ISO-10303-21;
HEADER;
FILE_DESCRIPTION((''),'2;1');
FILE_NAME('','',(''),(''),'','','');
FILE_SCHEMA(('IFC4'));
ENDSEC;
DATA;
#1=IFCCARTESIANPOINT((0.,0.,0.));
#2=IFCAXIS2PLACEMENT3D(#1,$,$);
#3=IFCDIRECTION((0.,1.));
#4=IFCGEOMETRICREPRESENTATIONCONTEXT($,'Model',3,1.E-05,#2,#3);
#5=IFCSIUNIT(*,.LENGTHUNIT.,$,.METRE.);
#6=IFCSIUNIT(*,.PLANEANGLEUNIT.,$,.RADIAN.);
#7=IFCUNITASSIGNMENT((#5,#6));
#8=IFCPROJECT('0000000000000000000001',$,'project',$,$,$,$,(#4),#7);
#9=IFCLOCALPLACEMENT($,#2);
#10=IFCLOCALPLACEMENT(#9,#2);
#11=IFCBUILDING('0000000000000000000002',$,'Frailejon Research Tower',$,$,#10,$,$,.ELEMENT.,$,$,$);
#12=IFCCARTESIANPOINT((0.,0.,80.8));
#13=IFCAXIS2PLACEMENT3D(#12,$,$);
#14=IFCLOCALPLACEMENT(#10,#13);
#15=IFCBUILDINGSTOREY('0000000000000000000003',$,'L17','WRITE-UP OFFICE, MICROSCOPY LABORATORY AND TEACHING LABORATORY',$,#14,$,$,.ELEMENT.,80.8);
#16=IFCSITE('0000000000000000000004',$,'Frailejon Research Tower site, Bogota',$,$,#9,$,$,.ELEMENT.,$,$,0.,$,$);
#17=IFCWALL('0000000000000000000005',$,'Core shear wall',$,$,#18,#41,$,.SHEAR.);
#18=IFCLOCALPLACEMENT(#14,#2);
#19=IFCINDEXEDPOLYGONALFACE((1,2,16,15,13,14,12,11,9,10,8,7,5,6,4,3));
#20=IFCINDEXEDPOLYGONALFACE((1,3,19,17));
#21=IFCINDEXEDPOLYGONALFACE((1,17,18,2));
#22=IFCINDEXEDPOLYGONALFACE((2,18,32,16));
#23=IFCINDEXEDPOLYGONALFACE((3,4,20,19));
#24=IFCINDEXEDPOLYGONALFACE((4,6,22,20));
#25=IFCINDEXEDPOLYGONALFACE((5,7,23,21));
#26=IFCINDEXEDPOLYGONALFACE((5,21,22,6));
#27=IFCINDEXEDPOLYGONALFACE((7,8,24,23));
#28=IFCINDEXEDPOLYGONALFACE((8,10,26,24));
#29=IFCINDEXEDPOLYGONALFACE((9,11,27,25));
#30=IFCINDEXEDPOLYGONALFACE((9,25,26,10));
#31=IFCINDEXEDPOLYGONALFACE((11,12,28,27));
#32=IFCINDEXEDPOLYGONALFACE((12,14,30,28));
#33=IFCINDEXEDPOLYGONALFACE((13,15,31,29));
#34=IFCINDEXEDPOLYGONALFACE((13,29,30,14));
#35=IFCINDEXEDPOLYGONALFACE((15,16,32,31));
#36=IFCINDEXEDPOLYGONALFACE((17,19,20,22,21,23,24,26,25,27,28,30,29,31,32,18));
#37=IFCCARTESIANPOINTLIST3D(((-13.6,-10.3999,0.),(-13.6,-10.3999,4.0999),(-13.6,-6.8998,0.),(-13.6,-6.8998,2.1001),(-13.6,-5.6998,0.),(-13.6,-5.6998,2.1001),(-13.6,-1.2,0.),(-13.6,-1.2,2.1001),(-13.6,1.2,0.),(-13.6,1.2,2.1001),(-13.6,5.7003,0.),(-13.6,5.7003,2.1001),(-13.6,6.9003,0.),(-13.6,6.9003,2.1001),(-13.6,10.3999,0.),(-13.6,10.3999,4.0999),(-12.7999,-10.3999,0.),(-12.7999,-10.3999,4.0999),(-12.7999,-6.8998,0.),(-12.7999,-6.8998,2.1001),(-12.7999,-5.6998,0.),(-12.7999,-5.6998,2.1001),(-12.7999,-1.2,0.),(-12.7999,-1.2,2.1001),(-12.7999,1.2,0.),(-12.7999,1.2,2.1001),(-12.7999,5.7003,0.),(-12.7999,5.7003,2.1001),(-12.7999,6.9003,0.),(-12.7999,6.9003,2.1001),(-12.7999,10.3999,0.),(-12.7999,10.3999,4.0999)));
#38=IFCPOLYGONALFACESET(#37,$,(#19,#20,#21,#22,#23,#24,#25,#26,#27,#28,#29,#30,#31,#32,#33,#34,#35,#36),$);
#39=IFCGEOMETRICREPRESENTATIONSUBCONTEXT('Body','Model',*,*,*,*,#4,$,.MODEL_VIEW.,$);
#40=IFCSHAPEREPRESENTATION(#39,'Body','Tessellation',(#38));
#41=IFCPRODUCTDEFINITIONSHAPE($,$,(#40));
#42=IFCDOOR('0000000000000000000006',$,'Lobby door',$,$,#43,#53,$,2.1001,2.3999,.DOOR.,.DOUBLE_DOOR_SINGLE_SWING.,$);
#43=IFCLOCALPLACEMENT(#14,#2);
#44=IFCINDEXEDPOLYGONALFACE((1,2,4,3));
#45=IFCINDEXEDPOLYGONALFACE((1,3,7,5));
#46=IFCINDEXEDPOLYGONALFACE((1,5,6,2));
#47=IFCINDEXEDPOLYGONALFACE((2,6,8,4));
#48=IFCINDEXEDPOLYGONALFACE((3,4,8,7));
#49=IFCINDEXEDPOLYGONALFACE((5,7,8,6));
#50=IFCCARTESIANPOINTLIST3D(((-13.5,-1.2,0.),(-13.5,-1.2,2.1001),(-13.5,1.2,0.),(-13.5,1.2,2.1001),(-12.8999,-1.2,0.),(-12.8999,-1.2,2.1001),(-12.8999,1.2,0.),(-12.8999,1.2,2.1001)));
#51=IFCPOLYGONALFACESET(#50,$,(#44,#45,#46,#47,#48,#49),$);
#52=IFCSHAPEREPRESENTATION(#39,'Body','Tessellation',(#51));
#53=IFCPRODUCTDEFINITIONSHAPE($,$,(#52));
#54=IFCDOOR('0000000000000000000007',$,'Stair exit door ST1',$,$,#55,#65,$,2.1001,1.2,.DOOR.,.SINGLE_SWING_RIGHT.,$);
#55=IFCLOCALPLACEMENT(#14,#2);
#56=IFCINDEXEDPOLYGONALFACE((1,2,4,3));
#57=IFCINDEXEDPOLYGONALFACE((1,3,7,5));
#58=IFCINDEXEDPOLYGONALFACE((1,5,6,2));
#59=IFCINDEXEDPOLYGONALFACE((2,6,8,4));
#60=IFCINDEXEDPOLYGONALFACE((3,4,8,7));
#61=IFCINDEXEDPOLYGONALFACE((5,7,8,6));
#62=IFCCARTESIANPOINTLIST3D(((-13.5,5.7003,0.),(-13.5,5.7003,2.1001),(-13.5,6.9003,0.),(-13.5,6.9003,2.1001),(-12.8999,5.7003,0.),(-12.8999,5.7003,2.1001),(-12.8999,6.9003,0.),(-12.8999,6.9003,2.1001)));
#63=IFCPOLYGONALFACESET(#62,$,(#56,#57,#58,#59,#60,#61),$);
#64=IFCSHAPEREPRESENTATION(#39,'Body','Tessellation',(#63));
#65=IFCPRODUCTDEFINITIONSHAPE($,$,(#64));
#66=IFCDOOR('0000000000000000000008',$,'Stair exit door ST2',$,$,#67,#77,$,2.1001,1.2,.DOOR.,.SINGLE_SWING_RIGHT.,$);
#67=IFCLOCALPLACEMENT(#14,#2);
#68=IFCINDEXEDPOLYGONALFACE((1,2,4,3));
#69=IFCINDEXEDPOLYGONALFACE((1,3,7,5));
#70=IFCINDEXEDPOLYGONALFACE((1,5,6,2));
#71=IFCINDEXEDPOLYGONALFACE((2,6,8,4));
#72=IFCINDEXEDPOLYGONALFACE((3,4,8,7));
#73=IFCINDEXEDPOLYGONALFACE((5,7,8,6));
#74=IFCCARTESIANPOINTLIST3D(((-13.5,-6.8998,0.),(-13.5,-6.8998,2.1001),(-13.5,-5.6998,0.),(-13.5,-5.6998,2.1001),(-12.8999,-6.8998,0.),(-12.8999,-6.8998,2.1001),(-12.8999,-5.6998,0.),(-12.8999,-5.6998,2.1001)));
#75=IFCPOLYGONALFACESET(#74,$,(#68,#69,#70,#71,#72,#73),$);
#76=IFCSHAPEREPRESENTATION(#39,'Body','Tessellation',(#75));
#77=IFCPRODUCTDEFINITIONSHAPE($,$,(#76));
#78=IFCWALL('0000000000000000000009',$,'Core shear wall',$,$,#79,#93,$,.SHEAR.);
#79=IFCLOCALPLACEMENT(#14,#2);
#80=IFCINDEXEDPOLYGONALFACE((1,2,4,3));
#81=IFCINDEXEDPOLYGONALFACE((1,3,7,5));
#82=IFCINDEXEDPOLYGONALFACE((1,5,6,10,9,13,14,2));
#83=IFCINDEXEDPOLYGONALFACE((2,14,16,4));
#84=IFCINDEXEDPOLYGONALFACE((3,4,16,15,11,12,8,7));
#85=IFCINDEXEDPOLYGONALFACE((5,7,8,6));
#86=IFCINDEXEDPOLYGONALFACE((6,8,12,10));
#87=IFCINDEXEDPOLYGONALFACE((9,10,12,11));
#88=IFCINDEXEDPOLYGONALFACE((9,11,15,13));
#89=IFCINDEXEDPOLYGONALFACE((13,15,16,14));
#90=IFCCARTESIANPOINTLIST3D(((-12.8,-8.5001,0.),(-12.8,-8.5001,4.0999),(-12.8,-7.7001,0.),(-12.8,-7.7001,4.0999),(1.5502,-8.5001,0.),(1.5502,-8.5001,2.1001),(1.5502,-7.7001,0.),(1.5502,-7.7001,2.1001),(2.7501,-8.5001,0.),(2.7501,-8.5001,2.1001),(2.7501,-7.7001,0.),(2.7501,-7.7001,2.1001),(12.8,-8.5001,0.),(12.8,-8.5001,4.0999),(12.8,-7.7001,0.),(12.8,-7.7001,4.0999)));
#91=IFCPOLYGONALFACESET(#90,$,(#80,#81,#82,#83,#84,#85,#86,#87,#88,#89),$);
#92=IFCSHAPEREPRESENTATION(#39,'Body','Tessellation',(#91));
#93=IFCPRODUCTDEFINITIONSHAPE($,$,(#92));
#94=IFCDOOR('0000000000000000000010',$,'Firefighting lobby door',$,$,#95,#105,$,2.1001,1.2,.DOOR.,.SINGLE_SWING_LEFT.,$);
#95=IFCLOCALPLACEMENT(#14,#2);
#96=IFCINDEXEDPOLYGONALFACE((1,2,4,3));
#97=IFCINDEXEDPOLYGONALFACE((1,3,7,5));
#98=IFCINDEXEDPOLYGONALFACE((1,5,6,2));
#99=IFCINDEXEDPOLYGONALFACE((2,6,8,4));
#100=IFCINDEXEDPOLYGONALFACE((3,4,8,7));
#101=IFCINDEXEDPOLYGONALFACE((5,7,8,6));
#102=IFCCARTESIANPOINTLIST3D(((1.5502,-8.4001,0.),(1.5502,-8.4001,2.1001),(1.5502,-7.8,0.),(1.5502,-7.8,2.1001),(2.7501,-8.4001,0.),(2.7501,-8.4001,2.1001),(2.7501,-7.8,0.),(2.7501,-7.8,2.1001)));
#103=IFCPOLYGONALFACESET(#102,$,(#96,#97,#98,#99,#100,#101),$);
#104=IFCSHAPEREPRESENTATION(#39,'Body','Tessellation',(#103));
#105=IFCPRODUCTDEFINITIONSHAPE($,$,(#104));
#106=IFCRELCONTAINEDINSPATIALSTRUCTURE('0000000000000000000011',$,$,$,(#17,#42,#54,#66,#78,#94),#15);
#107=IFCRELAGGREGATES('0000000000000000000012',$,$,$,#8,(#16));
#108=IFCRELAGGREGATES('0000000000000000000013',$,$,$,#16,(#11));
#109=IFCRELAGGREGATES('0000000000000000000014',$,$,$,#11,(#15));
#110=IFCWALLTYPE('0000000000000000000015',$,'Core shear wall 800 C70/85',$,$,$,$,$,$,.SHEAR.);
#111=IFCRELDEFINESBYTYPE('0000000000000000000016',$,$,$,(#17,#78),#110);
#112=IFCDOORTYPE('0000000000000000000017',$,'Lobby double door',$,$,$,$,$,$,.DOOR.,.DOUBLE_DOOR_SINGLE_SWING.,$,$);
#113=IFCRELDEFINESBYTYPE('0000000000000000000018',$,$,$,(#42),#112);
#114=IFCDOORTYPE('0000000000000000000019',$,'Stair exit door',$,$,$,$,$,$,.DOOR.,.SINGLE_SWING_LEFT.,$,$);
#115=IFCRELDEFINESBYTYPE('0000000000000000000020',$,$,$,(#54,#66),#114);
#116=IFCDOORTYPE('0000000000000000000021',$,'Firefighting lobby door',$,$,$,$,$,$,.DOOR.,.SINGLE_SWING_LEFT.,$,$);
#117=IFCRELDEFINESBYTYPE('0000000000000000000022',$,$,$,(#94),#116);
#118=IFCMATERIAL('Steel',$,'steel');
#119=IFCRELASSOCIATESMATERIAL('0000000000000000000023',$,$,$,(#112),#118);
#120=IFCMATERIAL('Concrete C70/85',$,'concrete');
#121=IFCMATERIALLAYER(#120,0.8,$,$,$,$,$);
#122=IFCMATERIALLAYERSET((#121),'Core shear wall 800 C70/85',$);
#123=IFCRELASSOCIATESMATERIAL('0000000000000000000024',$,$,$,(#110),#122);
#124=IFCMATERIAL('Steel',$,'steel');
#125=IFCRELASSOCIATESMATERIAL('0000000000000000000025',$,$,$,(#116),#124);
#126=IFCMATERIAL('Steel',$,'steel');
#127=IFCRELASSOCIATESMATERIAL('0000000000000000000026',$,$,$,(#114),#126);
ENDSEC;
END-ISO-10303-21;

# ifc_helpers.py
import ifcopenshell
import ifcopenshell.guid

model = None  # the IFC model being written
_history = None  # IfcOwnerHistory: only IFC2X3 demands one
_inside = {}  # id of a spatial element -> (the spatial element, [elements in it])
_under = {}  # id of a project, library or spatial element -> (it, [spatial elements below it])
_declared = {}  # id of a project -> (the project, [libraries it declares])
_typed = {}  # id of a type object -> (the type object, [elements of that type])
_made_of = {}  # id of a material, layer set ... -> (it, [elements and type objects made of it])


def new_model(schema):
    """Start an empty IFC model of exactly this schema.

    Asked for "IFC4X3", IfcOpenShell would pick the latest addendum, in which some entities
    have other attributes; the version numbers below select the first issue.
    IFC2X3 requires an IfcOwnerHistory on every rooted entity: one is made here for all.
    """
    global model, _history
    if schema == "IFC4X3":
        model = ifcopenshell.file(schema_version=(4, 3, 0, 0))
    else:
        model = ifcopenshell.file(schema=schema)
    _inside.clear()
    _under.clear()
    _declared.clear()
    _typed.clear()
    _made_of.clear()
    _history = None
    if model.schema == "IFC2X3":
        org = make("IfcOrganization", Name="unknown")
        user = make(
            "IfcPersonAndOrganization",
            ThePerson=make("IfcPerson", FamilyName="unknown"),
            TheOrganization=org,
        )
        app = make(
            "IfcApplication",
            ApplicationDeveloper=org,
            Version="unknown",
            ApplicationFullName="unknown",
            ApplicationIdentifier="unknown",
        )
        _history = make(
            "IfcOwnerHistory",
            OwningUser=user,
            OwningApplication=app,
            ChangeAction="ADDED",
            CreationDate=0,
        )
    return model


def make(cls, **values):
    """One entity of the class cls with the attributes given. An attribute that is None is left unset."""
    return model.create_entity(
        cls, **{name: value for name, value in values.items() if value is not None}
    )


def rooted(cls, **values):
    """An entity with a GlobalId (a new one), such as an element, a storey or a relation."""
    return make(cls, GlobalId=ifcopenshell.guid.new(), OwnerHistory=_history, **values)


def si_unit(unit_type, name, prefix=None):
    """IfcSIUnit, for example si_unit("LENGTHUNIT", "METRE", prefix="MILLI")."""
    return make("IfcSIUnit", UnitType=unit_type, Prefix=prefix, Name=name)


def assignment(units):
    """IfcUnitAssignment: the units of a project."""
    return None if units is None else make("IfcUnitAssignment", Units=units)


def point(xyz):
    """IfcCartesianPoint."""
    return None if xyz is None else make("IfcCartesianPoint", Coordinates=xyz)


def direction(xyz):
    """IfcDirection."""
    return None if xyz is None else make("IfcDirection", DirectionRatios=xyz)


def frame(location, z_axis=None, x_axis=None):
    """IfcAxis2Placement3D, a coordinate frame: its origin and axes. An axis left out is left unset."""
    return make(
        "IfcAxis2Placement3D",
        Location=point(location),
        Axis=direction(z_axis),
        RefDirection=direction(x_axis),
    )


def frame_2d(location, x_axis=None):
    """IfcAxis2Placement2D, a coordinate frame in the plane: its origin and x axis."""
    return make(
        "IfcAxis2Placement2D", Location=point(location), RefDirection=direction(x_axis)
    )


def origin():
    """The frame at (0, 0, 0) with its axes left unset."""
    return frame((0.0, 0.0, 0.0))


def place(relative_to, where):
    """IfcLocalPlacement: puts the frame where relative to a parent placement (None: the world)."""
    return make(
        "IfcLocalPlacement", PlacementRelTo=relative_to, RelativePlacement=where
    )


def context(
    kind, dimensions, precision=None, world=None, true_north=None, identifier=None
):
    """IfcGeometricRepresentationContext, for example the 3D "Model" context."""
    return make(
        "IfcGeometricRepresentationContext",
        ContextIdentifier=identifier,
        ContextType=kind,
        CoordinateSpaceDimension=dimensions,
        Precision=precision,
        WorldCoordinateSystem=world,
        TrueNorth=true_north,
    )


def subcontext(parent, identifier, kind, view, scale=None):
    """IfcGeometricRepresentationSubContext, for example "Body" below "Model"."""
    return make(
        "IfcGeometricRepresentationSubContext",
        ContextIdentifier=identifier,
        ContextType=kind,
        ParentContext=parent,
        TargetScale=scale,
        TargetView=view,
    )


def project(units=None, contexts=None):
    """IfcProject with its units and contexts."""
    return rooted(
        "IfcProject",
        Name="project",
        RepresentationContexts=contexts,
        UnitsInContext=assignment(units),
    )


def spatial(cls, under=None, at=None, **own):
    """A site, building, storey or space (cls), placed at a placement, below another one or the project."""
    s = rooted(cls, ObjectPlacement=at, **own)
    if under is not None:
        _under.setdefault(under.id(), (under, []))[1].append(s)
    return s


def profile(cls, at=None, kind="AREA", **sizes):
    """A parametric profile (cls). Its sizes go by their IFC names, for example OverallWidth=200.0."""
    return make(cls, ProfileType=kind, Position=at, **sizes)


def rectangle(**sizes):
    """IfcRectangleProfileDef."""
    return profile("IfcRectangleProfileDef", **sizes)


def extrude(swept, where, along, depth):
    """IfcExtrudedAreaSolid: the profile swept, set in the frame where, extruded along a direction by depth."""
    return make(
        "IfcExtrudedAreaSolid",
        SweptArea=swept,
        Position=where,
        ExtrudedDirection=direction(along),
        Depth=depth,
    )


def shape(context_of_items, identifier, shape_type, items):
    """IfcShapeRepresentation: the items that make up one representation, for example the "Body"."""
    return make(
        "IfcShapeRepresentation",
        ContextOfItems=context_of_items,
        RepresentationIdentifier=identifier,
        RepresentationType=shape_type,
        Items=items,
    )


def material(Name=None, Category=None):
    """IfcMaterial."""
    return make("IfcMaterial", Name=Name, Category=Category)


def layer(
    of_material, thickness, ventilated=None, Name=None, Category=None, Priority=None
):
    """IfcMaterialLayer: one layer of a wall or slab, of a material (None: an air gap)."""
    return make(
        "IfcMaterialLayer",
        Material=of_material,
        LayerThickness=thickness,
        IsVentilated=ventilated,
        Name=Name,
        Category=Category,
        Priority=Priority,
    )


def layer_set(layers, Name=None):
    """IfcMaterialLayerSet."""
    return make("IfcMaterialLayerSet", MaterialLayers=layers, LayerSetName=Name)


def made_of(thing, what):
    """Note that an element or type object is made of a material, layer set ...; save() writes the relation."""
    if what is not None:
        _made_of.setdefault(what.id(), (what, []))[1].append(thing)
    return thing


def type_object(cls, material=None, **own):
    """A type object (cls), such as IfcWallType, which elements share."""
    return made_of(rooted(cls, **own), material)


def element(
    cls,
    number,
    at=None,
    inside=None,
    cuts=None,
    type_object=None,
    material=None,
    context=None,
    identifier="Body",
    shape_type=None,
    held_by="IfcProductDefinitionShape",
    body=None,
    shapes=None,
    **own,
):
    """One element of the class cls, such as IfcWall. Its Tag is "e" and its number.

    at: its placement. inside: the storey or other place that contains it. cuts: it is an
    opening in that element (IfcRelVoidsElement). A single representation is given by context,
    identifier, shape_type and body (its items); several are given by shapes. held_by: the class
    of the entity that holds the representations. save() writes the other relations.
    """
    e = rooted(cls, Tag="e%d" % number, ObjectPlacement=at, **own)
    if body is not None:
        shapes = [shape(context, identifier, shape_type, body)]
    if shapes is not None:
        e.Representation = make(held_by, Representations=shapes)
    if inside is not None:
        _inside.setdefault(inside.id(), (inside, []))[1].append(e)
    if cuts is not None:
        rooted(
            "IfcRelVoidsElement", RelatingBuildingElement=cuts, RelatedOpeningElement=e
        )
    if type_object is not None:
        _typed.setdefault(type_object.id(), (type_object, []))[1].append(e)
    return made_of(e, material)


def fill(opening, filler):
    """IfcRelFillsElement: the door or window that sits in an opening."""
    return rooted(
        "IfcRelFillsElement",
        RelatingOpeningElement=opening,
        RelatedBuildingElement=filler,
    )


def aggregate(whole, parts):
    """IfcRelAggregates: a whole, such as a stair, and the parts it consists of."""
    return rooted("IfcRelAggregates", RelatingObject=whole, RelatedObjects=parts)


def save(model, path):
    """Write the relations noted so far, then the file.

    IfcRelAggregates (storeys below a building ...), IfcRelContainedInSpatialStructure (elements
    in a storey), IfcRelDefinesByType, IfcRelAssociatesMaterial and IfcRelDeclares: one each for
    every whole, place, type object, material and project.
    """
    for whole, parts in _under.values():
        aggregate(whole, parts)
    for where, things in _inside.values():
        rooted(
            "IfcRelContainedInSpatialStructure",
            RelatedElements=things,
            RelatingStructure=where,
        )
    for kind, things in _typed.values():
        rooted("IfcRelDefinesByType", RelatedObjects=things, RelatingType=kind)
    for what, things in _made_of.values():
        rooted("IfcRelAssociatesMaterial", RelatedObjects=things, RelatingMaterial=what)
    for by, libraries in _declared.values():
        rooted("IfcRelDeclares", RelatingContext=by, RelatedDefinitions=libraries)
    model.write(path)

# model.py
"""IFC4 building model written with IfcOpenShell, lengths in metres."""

from ifc_helpers import new_model, si_unit, direction, frame, frame_2d, origin, place, context, subcontext, project, spatial, rectangle, extrude, material, layer, layer_set, type_object, element, fill, save


model = new_model("IFC4")

# Units and contexts
model_context = context("Model", 3, precision=1e-05, world=origin(), true_north=direction((0.0, 1.0)))
body_context = subcontext(model_context, "Body", "Model", "MODEL_VIEW")
ifc_project = project(units=[si_unit("LENGTHUNIT", "METRE"), si_unit("PLANEANGLEUNIT", "RADIAN")], contexts=[model_context])

# Site, building, storey
site_placement = place(None, origin())
site = spatial("IfcSite", under=ifc_project, at=site_placement, Name="Frailejon Research Tower site, Bogota", CompositionType="ELEMENT", RefElevation=0.0)
building_placement = place(site_placement, origin())
building = spatial("IfcBuilding", under=site, at=building_placement, Name="Frailejon Research Tower", CompositionType="ELEMENT")
storey_placement = place(building_placement, frame((0.0, 0.0, 80.8)))
storey = spatial("IfcBuildingStorey", under=building, at=storey_placement, Name="L17", Description="WRITE-UP OFFICE, MICROSCOPY LABORATORY AND TEACHING LABORATORY", CompositionType="ELEMENT", Elevation=80.8)

# Wall, openings, doors
ifc_material_1 = material(Name="Steel", Category="steel")
door_type_1 = type_object("IfcDoorType", Name="Lobby double door", OperationType="DOUBLE_DOOR_SINGLE_SWING", PredefinedType="DOOR", material=ifc_material_1)
ifc_material_2 = material(Name="Concrete C70/85", Category="concrete")
ifc_layer_1 = layer(ifc_material_2, 0.8)
ifc_layer_set_1 = layer_set([ifc_layer_1], Name="Core shear wall 800 C70/85")
wall_type_1 = type_object("IfcWallType", Name="Core shear wall 800 C70/85", PredefinedType="SHEAR", material=ifc_layer_set_1)
ifc_material_3 = material(Name="Steel", Category="steel")
door_type_2 = type_object("IfcDoorType", Name="Firefighting lobby door", OperationType="SINGLE_SWING_LEFT", PredefinedType="DOOR", material=ifc_material_3)
wall_1_placement = place(storey_placement, frame((-13.2, -10.3999, 0.0), z_axis=(0.0, 0.0, 1.0), x_axis=(0.0, 1.0, 0.0)))
wall_1 = element("IfcWall", 1, at=wall_1_placement, inside=storey, type_object=wall_type_1, Name="Core shear wall", PredefinedType="SHEAR", context=body_context, shape_type="SweptSolid", body=[
    extrude(rectangle(XDim=20.7998, YDim=0.8, at=frame_2d((10.3999, 0.0))), origin(), (0.0, 0.0, 1.0), 4.0999),
])
opening_1_placement = place(wall_1_placement, frame((9.2, 0.0, 0.0)))
opening_1 = element("IfcOpeningElement", 2, at=opening_1_placement, cuts=wall_1, PredefinedType="OPENING", context=body_context, shape_type="SweptSolid", body=[
    extrude(rectangle(XDim=2.3999, YDim=2.1001, at=frame_2d((1.2, 1.05))), frame((0.0, 0.4099, 0.0), z_axis=(0.0, -1.0, 0.0), x_axis=(1.0, 0.0, 0.0)), (0.0, 0.0, 1.0), 0.8201),
])
opening_2_placement = place(wall_1_placement, frame((16.1001, 0.0, 0.0)))
opening_2 = element("IfcOpeningElement", 3, at=opening_2_placement, cuts=wall_1, PredefinedType="OPENING", context=body_context, shape_type="SweptSolid", body=[
    extrude(rectangle(XDim=1.2, YDim=2.1001, at=frame_2d((0.6001, 1.05))), frame((0.0, 0.4099, 0.0), z_axis=(0.0, -1.0, 0.0), x_axis=(1.0, 0.0, 0.0)), (0.0, 0.0, 1.0), 0.8201),
])
opening_3_placement = place(wall_1_placement, frame((3.5, 0.0, 0.0)))
opening_3 = element("IfcOpeningElement", 4, at=opening_3_placement, cuts=wall_1, PredefinedType="OPENING", context=body_context, shape_type="SweptSolid", body=[
    extrude(rectangle(XDim=1.2, YDim=2.1001, at=frame_2d((0.6001, 1.05))), frame((0.0, 0.4099, 0.0), z_axis=(0.0, -1.0, 0.0), x_axis=(1.0, 0.0, 0.0)), (0.0, 0.0, 1.0), 0.8201),
])
door_1_placement = place(opening_1_placement, origin())
door_1 = element("IfcDoor", 5, at=door_1_placement, inside=storey, type_object=door_type_1, Name="Lobby door", OperationType="DOUBLE_DOOR_SINGLE_SWING", OverallHeight=2.1001, OverallWidth=2.3999, PredefinedType="DOOR", context=body_context, shape_type="SweptSolid", body=[
    extrude(rectangle(XDim=2.3999, YDim=2.1001, at=frame_2d((1.2, 1.05))), frame((0.0, 0.3, 0.0), z_axis=(0.0, -1.0, 0.0), x_axis=(1.0, 0.0, 0.0)), (0.0, 0.0, 1.0), 0.6001),
])
fill(opening_1, door_1)
ifc_material_4 = material(Name="Steel", Category="steel")
door_type_3 = type_object("IfcDoorType", Name="Stair exit door", OperationType="SINGLE_SWING_LEFT", PredefinedType="DOOR", material=ifc_material_4)
door_2_placement = place(opening_2_placement, origin())
door_2 = element("IfcDoor", 6, at=door_2_placement, inside=storey, type_object=door_type_3, Name="Stair exit door ST1", OperationType="SINGLE_SWING_RIGHT", OverallHeight=2.1001, OverallWidth=1.2, PredefinedType="DOOR", context=body_context, shape_type="SweptSolid", body=[
    extrude(rectangle(XDim=1.2, YDim=2.1001, at=frame_2d((0.6001, 1.05))), frame((0.0, 0.3, 0.0), z_axis=(0.0, -1.0, 0.0), x_axis=(1.0, 0.0, 0.0)), (0.0, 0.0, 1.0), 0.6001),
])
fill(opening_2, door_2)
door_3_placement = place(opening_3_placement, origin())
door_3 = element("IfcDoor", 7, at=door_3_placement, inside=storey, type_object=door_type_3, Name="Stair exit door ST2", OperationType="SINGLE_SWING_RIGHT", OverallHeight=2.1001, OverallWidth=1.2, PredefinedType="DOOR", context=body_context, shape_type="SweptSolid", body=[
    extrude(rectangle(XDim=1.2, YDim=2.1001, at=frame_2d((0.6001, 1.05))), frame((0.0, 0.3, 0.0), z_axis=(0.0, -1.0, 0.0), x_axis=(1.0, 0.0, 0.0)), (0.0, 0.0, 1.0), 0.6001),
])
fill(opening_3, door_3)

# Wall, opening, door
wall_2_placement = place(storey_placement, frame((-12.8, -8.1001, 0.0), z_axis=(0.0, 0.0, 1.0), x_axis=(1.0, 0.0, 0.0)))
wall_2 = element("IfcWall", 8, at=wall_2_placement, inside=storey, type_object=wall_type_1, Name="Core shear wall", PredefinedType="SHEAR", context=body_context, shape_type="SweptSolid", body=[
    extrude(rectangle(XDim=25.6001, YDim=0.8, at=frame_2d((12.8, 0.0))), origin(), (0.0, 0.0, 1.0), 4.0999),
])
opening_4_placement = place(wall_2_placement, frame((14.3501, 0.0, 0.0)))
opening_4 = element("IfcOpeningElement", 9, at=opening_4_placement, cuts=wall_2, PredefinedType="OPENING", context=body_context, shape_type="SweptSolid", body=[
    extrude(rectangle(XDim=1.2, YDim=2.1001, at=frame_2d((0.6001, 1.05))), frame((0.0, 0.4099, 0.0), z_axis=(0.0, -1.0, 0.0), x_axis=(1.0, 0.0, 0.0)), (0.0, 0.0, 1.0), 0.8201),
])
door_4_placement = place(opening_4_placement, origin())
door_4 = element("IfcDoor", 10, at=door_4_placement, inside=storey, type_object=door_type_2, Name="Firefighting lobby door", OperationType="SINGLE_SWING_LEFT", OverallHeight=2.1001, OverallWidth=1.2, PredefinedType="DOOR", context=body_context, shape_type="SweptSolid", body=[
    extrude(rectangle(XDim=1.2, YDim=2.1001, at=frame_2d((0.6001, 1.05))), frame((0.0, 0.3, 0.0), z_axis=(0.0, -1.0, 0.0), x_axis=(1.0, 0.0, 0.0)), (0.0, 0.0, 1.0), 0.6001),
])
fill(opening_4, door_4)

save(model, "model.ifc")
